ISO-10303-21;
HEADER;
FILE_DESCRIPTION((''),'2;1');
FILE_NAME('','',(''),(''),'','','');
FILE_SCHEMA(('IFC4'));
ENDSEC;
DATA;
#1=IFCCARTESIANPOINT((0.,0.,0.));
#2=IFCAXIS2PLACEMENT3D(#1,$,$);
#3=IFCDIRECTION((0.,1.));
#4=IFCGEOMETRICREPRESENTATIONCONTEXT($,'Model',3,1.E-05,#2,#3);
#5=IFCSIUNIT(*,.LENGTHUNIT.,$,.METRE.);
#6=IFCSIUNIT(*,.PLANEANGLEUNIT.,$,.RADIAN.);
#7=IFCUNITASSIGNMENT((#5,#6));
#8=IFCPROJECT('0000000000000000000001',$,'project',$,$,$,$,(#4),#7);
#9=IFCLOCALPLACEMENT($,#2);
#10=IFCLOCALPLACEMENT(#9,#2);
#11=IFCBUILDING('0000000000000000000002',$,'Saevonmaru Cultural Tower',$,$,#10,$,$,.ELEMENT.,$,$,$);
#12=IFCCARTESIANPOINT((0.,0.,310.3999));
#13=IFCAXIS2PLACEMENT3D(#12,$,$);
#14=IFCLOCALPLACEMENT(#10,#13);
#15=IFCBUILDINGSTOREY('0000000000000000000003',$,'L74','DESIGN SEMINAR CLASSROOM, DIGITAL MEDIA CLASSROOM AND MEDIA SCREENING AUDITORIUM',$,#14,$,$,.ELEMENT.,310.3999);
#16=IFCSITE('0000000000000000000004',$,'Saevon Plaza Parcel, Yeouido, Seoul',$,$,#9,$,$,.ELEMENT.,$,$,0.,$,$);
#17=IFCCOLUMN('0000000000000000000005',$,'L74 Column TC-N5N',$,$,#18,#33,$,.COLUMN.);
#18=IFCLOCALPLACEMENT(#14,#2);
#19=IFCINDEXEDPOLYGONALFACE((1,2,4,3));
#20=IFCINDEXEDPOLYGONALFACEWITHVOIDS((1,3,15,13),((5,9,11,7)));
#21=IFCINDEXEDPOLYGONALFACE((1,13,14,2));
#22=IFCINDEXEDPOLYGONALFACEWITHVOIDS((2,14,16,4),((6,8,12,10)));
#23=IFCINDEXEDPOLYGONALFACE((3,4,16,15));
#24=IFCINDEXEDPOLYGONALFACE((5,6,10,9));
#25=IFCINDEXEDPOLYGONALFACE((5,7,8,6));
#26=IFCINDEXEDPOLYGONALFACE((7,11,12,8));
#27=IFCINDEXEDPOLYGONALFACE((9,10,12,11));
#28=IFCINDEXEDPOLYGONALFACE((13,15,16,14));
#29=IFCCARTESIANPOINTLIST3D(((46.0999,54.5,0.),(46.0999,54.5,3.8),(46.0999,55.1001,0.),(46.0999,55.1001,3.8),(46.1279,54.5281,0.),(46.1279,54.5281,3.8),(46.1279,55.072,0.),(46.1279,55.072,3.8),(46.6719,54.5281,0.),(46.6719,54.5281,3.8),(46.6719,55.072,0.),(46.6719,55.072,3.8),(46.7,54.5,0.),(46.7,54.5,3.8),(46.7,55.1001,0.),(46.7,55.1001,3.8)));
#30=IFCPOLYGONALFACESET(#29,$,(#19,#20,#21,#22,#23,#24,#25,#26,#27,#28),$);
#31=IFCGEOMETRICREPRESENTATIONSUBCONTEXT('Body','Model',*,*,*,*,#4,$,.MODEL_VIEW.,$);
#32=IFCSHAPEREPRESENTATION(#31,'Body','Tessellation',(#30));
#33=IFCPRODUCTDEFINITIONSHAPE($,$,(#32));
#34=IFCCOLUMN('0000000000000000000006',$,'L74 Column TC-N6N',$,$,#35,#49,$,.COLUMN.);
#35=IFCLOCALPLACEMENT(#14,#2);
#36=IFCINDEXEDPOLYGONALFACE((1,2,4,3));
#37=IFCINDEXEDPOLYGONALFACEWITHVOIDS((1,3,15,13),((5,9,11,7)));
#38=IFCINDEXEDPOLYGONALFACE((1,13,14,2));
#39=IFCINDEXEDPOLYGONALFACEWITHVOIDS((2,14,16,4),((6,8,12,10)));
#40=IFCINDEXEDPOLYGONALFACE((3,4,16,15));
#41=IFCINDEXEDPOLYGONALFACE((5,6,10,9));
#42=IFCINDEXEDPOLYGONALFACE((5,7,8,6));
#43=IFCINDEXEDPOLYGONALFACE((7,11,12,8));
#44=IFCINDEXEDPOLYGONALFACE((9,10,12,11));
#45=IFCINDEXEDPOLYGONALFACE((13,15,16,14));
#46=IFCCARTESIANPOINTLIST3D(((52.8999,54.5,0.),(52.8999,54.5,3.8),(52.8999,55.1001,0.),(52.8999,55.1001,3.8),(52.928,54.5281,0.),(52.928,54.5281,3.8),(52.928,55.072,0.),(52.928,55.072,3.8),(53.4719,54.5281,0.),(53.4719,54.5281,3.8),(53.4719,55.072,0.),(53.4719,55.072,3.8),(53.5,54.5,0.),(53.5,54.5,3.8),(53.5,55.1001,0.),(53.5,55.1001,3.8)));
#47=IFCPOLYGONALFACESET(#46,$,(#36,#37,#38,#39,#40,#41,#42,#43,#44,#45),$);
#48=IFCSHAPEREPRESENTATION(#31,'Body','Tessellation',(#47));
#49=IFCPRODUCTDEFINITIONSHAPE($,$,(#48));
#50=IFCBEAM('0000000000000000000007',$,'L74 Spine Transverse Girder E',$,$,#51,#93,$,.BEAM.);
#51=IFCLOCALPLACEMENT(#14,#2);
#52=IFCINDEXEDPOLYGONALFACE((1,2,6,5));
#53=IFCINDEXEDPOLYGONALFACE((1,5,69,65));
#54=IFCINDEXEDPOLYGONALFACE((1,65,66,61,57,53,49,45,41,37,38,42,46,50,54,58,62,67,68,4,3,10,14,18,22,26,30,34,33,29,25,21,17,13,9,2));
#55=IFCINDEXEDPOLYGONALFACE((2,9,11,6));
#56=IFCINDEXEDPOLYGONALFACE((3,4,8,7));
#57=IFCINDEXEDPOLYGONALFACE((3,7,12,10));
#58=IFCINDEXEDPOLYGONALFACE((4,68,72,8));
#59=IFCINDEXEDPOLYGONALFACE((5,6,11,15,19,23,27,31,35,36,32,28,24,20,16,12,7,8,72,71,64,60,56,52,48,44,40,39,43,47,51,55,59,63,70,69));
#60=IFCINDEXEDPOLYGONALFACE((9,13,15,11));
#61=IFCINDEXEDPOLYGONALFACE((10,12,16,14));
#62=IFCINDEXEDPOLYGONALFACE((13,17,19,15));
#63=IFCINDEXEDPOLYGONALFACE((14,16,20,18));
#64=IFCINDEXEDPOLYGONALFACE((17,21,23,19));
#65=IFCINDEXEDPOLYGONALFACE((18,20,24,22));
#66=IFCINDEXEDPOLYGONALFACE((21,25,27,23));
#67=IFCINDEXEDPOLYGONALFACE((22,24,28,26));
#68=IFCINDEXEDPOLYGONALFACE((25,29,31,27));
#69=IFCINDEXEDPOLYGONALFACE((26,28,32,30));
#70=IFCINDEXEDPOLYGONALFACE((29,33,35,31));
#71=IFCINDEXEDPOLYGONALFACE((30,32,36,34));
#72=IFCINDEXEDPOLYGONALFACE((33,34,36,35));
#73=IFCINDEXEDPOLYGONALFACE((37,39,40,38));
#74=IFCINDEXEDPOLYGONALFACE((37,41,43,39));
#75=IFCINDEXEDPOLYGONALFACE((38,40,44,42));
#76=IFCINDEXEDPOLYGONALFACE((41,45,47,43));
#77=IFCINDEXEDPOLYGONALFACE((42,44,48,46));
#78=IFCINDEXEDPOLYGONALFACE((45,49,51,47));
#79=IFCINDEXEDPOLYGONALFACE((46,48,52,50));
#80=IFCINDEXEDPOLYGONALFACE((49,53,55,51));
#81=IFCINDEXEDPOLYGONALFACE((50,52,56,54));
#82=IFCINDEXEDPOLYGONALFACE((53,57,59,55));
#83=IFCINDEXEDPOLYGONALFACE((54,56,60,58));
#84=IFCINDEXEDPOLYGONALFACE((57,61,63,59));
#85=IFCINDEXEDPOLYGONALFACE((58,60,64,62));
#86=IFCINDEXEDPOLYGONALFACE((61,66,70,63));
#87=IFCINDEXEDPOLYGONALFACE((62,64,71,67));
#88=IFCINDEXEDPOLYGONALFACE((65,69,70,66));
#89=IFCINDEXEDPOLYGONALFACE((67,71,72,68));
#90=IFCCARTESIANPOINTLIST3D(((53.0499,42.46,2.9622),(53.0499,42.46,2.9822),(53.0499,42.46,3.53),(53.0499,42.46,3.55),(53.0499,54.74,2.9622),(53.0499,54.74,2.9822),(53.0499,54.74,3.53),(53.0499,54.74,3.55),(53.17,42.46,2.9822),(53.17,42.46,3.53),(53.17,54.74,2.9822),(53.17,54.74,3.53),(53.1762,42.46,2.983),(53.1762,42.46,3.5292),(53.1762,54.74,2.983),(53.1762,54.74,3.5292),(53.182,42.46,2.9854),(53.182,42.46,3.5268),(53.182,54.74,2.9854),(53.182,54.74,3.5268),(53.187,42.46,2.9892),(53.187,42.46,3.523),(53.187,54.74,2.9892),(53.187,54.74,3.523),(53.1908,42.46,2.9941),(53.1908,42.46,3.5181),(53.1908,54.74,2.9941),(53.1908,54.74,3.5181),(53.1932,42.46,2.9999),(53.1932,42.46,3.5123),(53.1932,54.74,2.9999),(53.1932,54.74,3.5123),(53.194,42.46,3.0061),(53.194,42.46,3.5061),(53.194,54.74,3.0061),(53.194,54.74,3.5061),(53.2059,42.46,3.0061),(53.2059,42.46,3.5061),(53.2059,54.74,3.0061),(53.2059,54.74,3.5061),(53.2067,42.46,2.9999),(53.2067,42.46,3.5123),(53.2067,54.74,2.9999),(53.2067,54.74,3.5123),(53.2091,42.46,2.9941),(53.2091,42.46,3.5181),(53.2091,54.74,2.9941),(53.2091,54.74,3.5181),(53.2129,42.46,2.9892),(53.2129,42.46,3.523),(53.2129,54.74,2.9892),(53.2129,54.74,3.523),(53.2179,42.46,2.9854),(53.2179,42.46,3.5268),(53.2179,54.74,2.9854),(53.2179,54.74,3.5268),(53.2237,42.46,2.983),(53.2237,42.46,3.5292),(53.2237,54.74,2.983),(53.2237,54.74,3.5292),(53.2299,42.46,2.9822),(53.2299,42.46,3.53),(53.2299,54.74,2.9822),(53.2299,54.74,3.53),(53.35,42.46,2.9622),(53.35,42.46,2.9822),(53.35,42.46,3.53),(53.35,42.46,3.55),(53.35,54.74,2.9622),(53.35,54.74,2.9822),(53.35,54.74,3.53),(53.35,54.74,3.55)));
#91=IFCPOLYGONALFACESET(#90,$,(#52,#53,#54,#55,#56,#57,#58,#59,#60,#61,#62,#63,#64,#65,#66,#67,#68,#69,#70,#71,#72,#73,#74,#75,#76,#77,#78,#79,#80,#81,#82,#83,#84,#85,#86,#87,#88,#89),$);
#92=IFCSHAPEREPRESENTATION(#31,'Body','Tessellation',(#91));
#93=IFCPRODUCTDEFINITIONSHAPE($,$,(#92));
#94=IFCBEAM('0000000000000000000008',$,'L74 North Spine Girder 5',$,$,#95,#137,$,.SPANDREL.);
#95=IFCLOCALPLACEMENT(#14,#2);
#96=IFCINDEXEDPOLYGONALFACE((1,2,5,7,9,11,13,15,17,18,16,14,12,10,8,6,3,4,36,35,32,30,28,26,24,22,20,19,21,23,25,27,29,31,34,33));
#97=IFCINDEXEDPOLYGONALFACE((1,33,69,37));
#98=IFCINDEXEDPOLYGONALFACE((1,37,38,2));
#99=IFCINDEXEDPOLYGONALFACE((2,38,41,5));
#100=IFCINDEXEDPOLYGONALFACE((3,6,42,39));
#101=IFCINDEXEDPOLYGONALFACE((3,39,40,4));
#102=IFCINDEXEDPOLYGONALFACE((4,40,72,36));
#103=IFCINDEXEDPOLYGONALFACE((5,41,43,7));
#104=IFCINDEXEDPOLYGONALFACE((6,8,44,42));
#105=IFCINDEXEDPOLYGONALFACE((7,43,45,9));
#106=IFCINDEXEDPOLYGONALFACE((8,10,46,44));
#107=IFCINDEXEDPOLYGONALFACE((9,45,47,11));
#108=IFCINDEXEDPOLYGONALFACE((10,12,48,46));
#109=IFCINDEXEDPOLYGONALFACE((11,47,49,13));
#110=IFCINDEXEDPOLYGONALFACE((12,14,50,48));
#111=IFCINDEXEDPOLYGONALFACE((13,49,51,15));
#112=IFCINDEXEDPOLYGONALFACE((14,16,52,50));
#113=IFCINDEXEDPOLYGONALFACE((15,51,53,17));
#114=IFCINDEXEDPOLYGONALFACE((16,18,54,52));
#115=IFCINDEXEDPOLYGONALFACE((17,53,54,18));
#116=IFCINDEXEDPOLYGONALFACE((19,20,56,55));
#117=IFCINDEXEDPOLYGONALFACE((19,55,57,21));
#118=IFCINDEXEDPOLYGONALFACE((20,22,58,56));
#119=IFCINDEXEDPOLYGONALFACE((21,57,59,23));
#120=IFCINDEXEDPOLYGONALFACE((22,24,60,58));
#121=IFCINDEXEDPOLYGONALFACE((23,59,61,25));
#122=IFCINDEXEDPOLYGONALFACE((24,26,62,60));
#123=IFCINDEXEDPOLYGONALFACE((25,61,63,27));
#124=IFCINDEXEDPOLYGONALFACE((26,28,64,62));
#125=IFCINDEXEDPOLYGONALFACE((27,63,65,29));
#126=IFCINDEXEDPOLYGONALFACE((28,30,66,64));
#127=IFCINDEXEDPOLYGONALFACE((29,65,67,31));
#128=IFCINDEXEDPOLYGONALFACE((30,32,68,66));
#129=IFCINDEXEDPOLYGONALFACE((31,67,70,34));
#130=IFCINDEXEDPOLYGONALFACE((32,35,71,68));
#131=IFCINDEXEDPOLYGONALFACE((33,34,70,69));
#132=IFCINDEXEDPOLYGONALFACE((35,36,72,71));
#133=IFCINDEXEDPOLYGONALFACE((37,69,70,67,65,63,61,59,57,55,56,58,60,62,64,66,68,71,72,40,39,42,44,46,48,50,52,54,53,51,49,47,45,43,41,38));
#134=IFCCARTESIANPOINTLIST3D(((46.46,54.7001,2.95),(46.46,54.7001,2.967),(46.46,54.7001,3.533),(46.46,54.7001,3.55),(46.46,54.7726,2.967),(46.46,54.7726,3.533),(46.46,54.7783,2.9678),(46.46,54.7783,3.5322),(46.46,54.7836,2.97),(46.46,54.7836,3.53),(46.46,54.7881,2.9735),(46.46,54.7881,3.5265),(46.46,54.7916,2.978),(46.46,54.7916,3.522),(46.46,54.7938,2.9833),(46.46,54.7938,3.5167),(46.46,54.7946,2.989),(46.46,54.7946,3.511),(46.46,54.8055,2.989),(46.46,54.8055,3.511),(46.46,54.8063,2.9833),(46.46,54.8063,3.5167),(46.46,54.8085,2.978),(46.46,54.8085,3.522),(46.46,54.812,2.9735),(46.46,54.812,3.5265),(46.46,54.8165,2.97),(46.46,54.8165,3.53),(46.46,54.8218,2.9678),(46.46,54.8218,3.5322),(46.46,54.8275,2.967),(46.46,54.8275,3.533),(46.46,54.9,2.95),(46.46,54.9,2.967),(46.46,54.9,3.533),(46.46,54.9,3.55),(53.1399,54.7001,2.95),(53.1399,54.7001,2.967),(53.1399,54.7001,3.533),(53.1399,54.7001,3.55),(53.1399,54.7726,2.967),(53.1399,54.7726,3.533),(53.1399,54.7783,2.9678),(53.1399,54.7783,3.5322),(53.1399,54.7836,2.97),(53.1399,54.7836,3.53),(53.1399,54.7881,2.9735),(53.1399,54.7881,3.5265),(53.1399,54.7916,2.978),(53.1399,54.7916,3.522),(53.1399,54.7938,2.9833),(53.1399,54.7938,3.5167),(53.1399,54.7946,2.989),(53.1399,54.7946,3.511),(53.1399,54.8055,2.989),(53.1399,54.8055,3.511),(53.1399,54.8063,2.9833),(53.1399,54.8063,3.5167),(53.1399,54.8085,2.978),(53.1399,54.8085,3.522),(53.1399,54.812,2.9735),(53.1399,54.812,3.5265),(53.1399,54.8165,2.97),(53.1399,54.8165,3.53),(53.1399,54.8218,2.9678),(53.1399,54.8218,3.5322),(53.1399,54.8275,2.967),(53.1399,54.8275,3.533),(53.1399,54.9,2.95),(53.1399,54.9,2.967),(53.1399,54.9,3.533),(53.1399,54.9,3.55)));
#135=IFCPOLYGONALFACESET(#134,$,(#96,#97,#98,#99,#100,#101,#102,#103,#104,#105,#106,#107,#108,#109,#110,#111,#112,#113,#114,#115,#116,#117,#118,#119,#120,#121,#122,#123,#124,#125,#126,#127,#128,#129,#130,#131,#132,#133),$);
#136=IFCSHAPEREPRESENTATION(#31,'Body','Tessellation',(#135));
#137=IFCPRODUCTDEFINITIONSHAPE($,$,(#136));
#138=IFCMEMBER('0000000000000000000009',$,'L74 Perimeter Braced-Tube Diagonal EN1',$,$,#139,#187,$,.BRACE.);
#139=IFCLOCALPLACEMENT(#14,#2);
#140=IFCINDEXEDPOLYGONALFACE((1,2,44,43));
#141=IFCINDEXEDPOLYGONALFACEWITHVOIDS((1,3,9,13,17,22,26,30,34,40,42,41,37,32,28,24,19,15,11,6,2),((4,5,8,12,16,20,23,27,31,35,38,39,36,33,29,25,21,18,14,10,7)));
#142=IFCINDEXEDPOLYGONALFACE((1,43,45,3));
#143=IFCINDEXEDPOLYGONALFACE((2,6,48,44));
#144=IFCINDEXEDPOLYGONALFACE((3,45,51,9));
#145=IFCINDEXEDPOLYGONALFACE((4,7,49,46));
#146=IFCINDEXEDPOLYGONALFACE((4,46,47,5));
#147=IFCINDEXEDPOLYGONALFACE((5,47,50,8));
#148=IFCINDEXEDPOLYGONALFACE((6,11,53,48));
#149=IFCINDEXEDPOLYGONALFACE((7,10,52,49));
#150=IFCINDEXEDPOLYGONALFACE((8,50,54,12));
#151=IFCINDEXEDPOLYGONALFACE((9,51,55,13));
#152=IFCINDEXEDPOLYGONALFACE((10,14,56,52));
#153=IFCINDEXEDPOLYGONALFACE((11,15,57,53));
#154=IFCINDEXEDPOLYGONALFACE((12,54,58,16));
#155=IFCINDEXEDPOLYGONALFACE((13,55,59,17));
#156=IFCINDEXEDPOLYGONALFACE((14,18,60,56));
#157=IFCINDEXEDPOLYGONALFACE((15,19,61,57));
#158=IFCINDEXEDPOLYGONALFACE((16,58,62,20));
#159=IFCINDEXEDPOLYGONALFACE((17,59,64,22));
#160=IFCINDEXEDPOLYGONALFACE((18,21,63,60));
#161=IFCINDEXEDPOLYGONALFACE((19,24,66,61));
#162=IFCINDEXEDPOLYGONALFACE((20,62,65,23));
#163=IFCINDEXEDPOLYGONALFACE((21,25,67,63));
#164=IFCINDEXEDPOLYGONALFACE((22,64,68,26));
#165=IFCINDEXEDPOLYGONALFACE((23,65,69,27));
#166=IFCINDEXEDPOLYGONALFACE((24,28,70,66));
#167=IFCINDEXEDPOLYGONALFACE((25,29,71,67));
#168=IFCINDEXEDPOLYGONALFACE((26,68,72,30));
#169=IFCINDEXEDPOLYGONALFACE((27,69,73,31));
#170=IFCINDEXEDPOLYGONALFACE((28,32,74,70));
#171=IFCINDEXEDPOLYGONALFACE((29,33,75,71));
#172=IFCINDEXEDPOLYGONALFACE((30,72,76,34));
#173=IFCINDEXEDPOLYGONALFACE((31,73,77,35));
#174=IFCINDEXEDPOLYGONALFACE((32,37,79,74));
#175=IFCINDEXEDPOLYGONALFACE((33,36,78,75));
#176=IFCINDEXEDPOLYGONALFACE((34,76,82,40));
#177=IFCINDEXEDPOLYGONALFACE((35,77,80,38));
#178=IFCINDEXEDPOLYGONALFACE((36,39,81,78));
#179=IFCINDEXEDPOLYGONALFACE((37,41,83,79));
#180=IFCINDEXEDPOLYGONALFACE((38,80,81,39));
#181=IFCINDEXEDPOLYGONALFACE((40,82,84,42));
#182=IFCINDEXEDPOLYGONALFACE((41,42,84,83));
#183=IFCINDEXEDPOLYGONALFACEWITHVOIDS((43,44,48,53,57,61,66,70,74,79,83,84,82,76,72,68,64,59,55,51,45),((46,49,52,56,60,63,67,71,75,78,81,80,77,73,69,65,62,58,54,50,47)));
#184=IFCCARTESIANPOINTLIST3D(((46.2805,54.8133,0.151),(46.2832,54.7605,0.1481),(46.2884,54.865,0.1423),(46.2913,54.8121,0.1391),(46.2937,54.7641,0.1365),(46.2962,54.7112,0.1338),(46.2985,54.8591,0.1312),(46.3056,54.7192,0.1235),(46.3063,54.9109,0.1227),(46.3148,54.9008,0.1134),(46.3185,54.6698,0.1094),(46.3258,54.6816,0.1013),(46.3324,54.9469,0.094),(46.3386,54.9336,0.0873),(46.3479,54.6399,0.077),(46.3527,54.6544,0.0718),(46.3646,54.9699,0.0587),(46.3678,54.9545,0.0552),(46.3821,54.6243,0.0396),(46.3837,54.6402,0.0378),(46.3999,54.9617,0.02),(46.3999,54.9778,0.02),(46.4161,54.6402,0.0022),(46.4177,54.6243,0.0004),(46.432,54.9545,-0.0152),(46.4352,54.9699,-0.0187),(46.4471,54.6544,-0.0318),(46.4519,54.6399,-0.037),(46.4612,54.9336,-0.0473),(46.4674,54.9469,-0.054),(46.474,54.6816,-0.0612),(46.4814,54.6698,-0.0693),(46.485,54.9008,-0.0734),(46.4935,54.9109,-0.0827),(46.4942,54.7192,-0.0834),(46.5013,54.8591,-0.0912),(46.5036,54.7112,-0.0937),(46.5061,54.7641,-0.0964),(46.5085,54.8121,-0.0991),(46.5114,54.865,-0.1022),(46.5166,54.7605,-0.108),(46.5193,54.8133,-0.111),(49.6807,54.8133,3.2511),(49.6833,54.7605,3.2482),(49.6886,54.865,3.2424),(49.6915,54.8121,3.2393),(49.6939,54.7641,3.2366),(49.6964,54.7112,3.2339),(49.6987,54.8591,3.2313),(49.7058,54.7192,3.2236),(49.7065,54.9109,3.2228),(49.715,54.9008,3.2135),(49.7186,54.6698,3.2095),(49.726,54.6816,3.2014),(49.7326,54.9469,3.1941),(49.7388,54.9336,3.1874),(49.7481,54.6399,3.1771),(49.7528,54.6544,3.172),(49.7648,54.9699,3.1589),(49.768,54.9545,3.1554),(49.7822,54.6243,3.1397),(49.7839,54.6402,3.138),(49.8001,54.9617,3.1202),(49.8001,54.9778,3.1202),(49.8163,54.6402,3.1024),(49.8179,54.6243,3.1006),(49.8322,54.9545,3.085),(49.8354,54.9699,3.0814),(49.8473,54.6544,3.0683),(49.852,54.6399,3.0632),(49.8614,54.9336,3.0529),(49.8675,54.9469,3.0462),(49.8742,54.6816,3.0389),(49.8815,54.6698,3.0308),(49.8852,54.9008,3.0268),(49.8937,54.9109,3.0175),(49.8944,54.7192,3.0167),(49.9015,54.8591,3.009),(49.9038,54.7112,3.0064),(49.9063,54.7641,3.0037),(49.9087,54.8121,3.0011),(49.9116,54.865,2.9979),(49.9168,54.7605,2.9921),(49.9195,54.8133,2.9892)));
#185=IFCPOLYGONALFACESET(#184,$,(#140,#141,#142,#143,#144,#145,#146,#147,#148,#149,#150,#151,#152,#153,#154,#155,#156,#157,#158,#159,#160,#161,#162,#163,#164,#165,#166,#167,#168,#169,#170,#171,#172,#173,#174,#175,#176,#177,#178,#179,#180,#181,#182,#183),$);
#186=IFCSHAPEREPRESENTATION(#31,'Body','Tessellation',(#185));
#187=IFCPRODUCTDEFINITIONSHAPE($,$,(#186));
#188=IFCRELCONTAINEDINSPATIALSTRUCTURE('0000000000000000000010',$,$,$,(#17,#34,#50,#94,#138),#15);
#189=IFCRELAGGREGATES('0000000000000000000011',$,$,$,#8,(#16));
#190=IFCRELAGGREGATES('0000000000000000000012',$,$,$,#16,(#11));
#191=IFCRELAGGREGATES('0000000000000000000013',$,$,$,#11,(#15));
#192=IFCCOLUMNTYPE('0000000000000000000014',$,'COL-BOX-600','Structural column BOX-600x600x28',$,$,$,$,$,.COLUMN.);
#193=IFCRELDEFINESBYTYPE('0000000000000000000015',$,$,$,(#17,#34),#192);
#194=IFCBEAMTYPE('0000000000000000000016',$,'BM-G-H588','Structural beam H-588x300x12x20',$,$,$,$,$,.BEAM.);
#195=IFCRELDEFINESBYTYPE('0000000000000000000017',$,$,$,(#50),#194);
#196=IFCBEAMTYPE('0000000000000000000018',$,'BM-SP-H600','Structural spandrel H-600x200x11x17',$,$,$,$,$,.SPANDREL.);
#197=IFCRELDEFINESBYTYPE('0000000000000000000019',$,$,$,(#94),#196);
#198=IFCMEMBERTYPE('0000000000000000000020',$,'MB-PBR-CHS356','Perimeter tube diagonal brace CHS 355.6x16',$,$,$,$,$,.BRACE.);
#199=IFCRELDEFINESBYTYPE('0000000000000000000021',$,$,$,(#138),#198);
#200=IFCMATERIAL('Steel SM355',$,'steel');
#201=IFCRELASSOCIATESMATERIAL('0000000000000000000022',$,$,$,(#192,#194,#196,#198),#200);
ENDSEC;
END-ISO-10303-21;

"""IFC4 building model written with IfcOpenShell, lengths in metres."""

from ifc_helpers import new_model, si_unit, direction, frame, origin, origin_2d, place, context, subcontext, project, spatial, hollow_rectangle, hollow_circle, i_section, extrude, material, material_profile, profile_set, type_object, element, save


model = new_model("IFC4")

# Units and contexts
model_context = context("Model", 3, precision=1e-05, world=origin(), true_north=direction((0.0, 1.0)))
body_context = subcontext(model_context, "Body", "Model", "MODEL_VIEW")
ifc_project = project(units=[si_unit("LENGTHUNIT", "METRE"), si_unit("PLANEANGLEUNIT", "RADIAN")], contexts=[model_context])

# Site, building, storey
site_placement = place(None, origin())
site = spatial("IfcSite", under=ifc_project, at=site_placement, Name="Saevon Plaza Parcel, Yeouido, Seoul", CompositionType="ELEMENT", RefElevation=0.0)
building_placement = place(site_placement, origin())
building = spatial("IfcBuilding", under=site, at=building_placement, Name="Saevonmaru Cultural Tower", CompositionType="ELEMENT")
storey_placement = place(building_placement, frame((0.0, 0.0, 310.3999)))
storey = spatial("IfcBuildingStorey", under=building, at=storey_placement, Name="L74", Description="DESIGN SEMINAR CLASSROOM, DIGITAL MEDIA CLASSROOM AND MEDIA SCREENING AUDITORIUM", CompositionType="ELEMENT", Elevation=310.3999)

# Columns
ifc_material_1 = material(Name="Steel SM355", Category="steel")
ifc_material_profile_1 = material_profile(ifc_material_1, hollow_rectangle(XDim=0.6001, YDim=0.6001, WallThickness=0.0281, at=origin_2d()), Name="BOX-600x600x28")
ifc_profile_set_1 = profile_set([ifc_material_profile_1], Name="Steel SM355")
column_type = type_object("IfcColumnType", Name="COL-BOX-600", Description="Structural column BOX-600x600x28", PredefinedType="COLUMN", material=ifc_profile_set_1)
for number, where, z_axis, x_axis, name in (
    (1, (46.3999, 54.8, 0.0), (0.0, 0.0, 1.0), (1.0, 0.0, 0.0), "L74 Column TC-N5N"),
    (2, (53.2, 54.8, 0.0), (0.0, 0.0, 1.0), (1.0, 0.0, 0.0), "L74 Column TC-N6N"),
):
    element("IfcColumn", number, at=place(storey_placement, frame(where, z_axis=z_axis, x_axis=x_axis)), inside=storey, type_object=column_type, Name=name, PredefinedType="COLUMN", context=body_context, shape_type="SweptSolid", body=[
        extrude(hollow_rectangle(XDim=0.6001, YDim=0.6001, WallThickness=0.0281, at=origin_2d()), origin(), (0.0, 0.0, 1.0), 3.8),
    ])

# Beams
ifc_material_profile_2 = material_profile(ifc_material_1, i_section(OverallWidth=0.3, OverallDepth=0.5879, WebThickness=0.012, FlangeThickness=0.02, FilletRadius=0.0239, at=origin_2d()), Name="H-588x300x12x20")
ifc_profile_set_2 = profile_set([ifc_material_profile_2], Name="Steel SM355")
beam_type_1 = type_object("IfcBeamType", Name="BM-G-H588", Description="Structural beam H-588x300x12x20", PredefinedType="BEAM", material=ifc_profile_set_2)
beam_1_placement = place(storey_placement, frame((53.2, 54.74, 3.2561), z_axis=(0.0, -1.0, 0.0), x_axis=(1.0, 0.0, 0.0)))
element("IfcBeam", 3, at=beam_1_placement, inside=storey, type_object=beam_type_1, Name="L74 Spine Transverse Girder E", PredefinedType="BEAM", context=body_context, shape_type="SweptSolid", body=[
    extrude(i_section(OverallWidth=0.3, OverallDepth=0.5879, WebThickness=0.012, FlangeThickness=0.02, FilletRadius=0.0239, at=origin_2d()), origin(), (0.0, 0.0, 1.0), 12.28),
])
ifc_material_profile_3 = material_profile(ifc_material_1, i_section(OverallWidth=0.2, OverallDepth=0.6001, WebThickness=0.011, FlangeThickness=0.0171, FilletRadius=0.022, at=origin_2d()), Name="H-600x200x11x17")
ifc_profile_set_3 = profile_set([ifc_material_profile_3], Name="Steel SM355")
beam_type_2 = type_object("IfcBeamType", Name="BM-SP-H600", Description="Structural spandrel H-600x200x11x17", PredefinedType="SPANDREL", material=ifc_profile_set_3)
beam_2_placement = place(storey_placement, frame((46.46, 54.8, 3.25), z_axis=(1.0, 0.0, 0.0), x_axis=(0.0, 1.0, 0.0)))
element("IfcBeam", 4, at=beam_2_placement, inside=storey, type_object=beam_type_2, Name="L74 North Spine Girder 5", PredefinedType="SPANDREL", context=body_context, shape_type="SweptSolid", body=[
    extrude(i_section(OverallWidth=0.2, OverallDepth=0.6001, WebThickness=0.011, FlangeThickness=0.0171, FilletRadius=0.022, at=origin_2d()), origin(), (0.0, 0.0, 1.0), 6.6799),
])

# Member
ifc_material_profile_4 = material_profile(ifc_material_1, hollow_circle(Radius=0.1777, WallThickness=0.0161, at=origin_2d()), Name="CHS-355.6x16")
ifc_profile_set_4 = profile_set([ifc_material_profile_4], Name="Steel SM355")
member_type_1 = type_object("IfcMemberType", Name="MB-PBR-CHS356", Description="Perimeter tube diagonal brace CHS 355.6x16", PredefinedType="BRACE", material=ifc_profile_set_4)
member_1_placement = place(storey_placement, frame((46.3999, 54.8, 0.02), z_axis=(0.73896, 0.0, 0.67375), x_axis=(0.0, 1.0, 0.0)))
element("IfcMember", 5, at=member_1_placement, inside=storey, type_object=member_type_1, Name="L74 Perimeter Braced-Tube Diagonal EN1", PredefinedType="BRACE", context=body_context, shape_type="SweptSolid", body=[
    extrude(hollow_circle(Radius=0.1777, WallThickness=0.0161, at=origin_2d()), origin(), (0.0, 0.0, 1.0), 4.6013),
])

save(model, "model.ifc")
